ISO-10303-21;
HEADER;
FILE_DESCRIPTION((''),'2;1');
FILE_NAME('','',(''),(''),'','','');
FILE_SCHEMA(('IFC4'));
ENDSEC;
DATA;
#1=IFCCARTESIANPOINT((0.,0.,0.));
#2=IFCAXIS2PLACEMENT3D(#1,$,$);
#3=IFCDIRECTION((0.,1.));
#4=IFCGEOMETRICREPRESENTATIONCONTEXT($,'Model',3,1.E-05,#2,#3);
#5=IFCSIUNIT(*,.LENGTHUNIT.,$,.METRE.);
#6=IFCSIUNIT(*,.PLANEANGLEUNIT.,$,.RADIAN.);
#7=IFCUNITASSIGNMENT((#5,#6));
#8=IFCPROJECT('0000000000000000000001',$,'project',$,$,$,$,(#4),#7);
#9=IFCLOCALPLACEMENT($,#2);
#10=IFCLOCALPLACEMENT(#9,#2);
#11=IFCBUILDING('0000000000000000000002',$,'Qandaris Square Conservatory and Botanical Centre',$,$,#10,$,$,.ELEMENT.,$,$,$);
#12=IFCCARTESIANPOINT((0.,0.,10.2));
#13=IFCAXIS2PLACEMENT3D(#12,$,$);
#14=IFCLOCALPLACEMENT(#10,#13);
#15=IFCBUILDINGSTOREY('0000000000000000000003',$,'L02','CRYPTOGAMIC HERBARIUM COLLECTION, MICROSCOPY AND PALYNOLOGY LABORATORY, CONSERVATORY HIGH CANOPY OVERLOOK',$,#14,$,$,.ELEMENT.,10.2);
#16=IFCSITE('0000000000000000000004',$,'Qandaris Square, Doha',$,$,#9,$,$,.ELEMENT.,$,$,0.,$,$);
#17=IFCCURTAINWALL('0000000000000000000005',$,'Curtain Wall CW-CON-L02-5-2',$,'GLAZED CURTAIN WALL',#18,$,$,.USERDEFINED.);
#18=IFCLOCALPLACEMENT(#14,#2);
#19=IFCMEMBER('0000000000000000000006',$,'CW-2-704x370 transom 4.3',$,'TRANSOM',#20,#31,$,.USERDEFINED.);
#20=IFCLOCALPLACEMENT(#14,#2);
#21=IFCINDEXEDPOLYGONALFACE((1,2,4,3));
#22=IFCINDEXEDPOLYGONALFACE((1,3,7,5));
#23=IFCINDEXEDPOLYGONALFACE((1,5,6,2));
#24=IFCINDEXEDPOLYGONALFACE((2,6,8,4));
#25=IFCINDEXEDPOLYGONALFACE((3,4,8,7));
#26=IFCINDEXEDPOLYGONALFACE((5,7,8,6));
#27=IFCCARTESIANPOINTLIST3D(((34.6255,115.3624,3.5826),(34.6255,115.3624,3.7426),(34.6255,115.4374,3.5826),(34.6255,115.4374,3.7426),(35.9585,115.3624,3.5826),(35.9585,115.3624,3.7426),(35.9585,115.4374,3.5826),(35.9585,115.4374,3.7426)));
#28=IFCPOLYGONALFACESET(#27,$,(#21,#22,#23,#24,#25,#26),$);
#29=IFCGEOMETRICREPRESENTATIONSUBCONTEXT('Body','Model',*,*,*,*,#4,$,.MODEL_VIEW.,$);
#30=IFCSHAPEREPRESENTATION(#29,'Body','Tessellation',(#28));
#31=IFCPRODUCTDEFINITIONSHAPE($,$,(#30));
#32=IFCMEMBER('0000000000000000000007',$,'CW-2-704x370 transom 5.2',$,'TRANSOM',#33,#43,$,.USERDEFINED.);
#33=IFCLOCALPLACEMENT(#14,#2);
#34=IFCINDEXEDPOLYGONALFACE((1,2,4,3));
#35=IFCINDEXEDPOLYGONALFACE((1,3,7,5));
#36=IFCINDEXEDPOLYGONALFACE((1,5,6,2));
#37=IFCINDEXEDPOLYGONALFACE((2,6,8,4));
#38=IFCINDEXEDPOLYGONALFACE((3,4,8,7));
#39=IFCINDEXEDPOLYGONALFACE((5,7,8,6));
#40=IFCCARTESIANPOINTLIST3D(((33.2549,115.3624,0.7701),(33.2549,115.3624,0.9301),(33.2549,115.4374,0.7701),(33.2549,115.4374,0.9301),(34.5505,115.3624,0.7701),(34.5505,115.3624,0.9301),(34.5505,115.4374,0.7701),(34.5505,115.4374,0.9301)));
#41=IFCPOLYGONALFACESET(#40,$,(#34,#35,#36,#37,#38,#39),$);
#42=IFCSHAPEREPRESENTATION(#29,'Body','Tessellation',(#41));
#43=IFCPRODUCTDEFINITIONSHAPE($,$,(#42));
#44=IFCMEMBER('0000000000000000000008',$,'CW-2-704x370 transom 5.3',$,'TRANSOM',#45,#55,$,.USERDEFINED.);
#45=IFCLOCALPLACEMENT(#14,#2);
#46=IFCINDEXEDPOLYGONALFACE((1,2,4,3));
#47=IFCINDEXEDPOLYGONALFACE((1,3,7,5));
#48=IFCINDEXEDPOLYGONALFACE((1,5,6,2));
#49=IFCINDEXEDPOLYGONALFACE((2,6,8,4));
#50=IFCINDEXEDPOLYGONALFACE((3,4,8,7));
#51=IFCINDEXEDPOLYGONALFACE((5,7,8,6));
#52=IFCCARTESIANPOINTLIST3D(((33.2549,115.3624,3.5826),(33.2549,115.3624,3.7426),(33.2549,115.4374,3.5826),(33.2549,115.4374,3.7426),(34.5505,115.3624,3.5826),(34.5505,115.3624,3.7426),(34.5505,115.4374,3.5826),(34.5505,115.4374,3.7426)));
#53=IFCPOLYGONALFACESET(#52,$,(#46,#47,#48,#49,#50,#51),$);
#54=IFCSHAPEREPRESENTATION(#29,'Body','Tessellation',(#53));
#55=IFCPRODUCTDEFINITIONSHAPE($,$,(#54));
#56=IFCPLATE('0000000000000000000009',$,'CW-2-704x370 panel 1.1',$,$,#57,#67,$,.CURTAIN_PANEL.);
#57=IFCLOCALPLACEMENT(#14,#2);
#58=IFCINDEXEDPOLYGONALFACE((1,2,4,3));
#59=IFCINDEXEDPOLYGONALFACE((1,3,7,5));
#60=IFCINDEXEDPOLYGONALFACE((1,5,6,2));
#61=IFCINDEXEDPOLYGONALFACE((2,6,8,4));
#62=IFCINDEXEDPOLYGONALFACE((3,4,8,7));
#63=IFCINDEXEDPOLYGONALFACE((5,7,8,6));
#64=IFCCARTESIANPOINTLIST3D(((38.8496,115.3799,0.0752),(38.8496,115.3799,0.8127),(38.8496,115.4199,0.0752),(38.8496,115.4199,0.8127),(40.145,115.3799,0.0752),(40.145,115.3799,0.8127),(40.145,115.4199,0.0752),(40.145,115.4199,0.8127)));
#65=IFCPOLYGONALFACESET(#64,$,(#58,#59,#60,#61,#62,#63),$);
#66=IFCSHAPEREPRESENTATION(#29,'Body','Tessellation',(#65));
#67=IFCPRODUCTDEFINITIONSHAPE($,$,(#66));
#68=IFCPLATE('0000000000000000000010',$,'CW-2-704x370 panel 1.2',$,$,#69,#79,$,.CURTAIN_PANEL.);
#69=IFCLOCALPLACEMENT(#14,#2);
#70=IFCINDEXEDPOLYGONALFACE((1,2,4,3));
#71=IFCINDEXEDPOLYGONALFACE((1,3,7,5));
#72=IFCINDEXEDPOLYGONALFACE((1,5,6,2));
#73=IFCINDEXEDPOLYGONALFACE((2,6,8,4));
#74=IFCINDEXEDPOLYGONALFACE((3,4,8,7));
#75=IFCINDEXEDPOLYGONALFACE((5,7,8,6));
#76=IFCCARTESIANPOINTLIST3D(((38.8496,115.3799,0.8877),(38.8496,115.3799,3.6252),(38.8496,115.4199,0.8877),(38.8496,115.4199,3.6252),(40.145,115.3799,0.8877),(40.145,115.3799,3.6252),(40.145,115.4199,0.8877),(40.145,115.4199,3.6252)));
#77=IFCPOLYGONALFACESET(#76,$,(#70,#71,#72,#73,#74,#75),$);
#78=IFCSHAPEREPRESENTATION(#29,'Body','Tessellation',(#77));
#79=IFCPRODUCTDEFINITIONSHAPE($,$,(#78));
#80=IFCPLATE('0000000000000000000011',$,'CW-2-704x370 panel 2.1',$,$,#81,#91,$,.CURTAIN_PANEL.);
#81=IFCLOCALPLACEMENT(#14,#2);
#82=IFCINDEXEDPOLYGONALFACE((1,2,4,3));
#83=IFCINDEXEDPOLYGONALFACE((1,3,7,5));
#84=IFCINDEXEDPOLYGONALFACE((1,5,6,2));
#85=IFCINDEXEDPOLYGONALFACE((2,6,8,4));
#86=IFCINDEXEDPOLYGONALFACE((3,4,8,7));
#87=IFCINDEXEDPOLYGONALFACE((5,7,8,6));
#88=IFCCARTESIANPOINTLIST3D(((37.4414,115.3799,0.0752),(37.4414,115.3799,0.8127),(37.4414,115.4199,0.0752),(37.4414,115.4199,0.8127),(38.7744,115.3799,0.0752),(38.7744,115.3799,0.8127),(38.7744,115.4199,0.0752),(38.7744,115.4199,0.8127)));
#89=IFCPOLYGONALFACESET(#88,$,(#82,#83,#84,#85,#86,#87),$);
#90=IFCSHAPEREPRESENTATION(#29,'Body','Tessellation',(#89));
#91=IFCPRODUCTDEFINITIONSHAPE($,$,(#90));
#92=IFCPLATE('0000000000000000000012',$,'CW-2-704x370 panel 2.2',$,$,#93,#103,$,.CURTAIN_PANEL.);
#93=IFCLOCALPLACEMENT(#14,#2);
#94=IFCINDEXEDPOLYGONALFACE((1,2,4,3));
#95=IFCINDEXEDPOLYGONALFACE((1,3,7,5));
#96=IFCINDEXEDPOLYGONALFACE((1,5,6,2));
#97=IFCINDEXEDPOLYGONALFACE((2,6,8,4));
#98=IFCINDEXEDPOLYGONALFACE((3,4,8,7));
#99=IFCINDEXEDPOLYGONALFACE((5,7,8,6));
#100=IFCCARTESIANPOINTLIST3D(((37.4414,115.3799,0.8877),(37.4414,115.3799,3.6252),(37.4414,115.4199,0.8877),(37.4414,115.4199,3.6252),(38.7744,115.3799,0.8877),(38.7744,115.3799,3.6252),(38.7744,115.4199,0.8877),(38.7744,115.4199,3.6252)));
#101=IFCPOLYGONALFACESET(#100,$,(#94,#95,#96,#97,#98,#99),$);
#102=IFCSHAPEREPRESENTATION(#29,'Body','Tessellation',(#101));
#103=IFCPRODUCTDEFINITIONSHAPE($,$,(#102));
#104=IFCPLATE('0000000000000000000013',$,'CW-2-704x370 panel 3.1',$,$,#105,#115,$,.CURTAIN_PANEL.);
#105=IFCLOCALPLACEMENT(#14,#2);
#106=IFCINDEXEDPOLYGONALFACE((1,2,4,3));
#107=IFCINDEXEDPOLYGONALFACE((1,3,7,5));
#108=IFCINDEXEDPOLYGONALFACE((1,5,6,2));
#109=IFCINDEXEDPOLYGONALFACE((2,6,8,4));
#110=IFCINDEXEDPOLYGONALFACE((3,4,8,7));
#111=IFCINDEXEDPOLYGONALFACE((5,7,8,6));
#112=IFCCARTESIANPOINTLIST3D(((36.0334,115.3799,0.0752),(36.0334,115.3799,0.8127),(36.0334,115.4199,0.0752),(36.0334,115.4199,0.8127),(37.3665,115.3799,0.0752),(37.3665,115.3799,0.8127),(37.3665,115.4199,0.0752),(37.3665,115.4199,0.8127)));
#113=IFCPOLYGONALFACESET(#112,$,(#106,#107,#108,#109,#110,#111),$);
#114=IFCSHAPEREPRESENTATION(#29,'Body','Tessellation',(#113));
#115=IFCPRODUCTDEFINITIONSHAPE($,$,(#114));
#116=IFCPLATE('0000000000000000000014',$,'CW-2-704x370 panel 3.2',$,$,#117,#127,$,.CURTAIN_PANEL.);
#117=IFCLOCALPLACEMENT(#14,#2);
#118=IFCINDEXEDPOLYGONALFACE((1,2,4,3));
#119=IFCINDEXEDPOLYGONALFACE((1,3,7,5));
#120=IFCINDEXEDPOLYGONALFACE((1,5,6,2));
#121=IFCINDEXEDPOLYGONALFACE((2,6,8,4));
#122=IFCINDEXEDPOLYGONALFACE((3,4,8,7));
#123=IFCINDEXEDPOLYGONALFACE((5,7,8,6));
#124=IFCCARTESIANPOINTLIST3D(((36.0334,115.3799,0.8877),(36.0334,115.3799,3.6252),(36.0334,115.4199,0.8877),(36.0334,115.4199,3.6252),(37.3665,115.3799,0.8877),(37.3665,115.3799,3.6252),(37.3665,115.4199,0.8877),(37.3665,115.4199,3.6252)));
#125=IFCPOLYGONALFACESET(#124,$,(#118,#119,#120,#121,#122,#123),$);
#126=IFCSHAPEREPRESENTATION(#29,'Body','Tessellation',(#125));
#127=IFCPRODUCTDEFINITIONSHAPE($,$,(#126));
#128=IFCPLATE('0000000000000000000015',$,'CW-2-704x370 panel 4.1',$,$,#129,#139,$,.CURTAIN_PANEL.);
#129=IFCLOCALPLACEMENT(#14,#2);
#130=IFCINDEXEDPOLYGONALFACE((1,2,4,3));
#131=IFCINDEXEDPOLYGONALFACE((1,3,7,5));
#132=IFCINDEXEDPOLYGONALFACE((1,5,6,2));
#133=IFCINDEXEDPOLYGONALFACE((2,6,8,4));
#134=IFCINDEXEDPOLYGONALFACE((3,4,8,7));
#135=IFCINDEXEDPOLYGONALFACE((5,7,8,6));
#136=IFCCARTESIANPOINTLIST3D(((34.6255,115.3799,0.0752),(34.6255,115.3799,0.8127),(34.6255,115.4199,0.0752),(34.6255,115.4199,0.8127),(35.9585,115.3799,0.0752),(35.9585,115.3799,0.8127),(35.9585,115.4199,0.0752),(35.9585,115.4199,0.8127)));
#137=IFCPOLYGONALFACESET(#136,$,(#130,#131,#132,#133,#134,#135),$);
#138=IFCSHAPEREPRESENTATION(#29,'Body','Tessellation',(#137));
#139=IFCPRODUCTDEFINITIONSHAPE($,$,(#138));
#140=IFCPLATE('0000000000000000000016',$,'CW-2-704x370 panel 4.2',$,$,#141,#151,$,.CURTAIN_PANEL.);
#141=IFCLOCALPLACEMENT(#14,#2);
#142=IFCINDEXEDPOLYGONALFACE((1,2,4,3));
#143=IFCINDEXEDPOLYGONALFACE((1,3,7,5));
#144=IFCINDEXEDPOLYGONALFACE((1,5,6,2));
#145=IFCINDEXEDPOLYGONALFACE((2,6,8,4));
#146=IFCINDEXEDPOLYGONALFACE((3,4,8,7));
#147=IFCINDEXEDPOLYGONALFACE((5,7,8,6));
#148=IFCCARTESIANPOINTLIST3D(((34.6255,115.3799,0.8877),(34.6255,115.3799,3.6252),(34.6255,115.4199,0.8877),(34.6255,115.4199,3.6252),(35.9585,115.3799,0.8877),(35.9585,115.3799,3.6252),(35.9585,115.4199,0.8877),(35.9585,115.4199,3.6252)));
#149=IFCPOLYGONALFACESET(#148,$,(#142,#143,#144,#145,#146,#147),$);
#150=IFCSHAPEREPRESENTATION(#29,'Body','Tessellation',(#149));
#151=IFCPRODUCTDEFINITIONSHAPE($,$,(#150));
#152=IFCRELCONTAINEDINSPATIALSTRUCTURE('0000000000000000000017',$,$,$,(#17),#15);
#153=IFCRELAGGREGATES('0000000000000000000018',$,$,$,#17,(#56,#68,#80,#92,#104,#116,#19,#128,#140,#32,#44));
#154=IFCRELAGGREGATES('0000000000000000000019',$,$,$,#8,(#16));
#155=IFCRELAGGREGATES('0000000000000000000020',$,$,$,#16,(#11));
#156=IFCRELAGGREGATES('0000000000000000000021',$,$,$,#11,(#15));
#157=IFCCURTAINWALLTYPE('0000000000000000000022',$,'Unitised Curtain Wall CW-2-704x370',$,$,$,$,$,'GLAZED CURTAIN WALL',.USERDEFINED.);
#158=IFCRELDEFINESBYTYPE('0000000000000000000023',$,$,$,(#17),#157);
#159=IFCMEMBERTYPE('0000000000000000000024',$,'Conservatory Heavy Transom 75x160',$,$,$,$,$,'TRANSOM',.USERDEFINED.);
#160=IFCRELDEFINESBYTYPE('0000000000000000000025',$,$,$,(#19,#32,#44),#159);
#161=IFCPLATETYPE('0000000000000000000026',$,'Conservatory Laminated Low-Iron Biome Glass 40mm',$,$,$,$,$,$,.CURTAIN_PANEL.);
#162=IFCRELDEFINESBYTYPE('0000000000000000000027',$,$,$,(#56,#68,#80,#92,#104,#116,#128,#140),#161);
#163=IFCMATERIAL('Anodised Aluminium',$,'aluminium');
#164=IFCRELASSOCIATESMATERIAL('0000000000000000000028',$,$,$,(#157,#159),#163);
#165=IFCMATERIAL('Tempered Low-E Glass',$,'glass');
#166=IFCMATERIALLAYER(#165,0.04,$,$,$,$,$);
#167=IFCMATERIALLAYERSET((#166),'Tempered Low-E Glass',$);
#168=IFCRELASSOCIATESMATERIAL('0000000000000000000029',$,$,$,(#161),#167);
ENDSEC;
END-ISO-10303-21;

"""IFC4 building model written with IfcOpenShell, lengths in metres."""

from ifc_helpers import new_model, si_unit, direction, frame, origin, origin_2d, place, context, subcontext, project, spatial, rectangle, extrude, material, layer, layer_set, material_profile, profile_set, type_object, element, aggregate, save


model = new_model("IFC4")

# Units and contexts
model_context = context("Model", 3, precision=1e-05, world=origin(), true_north=direction((0.0, 1.0)))
body_context = subcontext(model_context, "Body", "Model", "MODEL_VIEW")
ifc_project = project(units=[si_unit("LENGTHUNIT", "METRE"), si_unit("PLANEANGLEUNIT", "RADIAN")], contexts=[model_context])

# Site, building, storey
site_placement = place(None, origin())
site = spatial("IfcSite", under=ifc_project, at=site_placement, Name="Qandaris Square, Doha", CompositionType="ELEMENT", RefElevation=0.0)
building_placement = place(site_placement, origin())
building = spatial("IfcBuilding", under=site, at=building_placement, Name="Qandaris Square Conservatory and Botanical Centre", CompositionType="ELEMENT")
storey_placement = place(building_placement, frame((0.0, 0.0, 10.2)))
storey = spatial("IfcBuildingStorey", under=building, at=storey_placement, Name="L02", Description="CRYPTOGAMIC HERBARIUM COLLECTION, MICROSCOPY AND PALYNOLOGY LABORATORY, CONSERVATORY HIGH CANOPY OVERLOOK", CompositionType="ELEMENT", Elevation=10.2)

# Curtain wall, members, plates
ifc_material_1 = material(Name="Anodised Aluminium", Category="aluminium")
curtain_wall_type = type_object("IfcCurtainWallType", Name="Unitised Curtain Wall CW-2-704x370", ElementType="GLAZED CURTAIN WALL", PredefinedType="USERDEFINED", material=ifc_material_1)
curtain_wall_placement = place(storey_placement, origin())
curtain_wall = element("IfcCurtainWall", 1, at=curtain_wall_placement, inside=storey, type_object=curtain_wall_type, Name="Curtain Wall CW-CON-L02-5-2", ObjectType="GLAZED CURTAIN WALL", PredefinedType="USERDEFINED")
ifc_material_profile_1 = material_profile(ifc_material_1, rectangle(XDim=0.075, YDim=0.1599, at=origin_2d()), Name="ALU-TRN 75x160")
ifc_profile_set_1 = profile_set([ifc_material_profile_1], Name="Anodised Aluminium")
member_type_1 = type_object("IfcMemberType", Name="Conservatory Heavy Transom 75x160", ElementType="TRANSOM", PredefinedType="USERDEFINED", material=ifc_profile_set_1)
member_1_placement = place(storey_placement, frame((35.9585, 115.3999, 3.6626), z_axis=(-1.0, 0.0, 0.0), x_axis=(0.0, -1.0, 0.0)))
member_1 = element("IfcMember", 2, at=member_1_placement, type_object=member_type_1, Name="CW-2-704x370 transom 4.3", ObjectType="TRANSOM", PredefinedType="USERDEFINED", context=body_context, shape_type="SweptSolid", body=[
    extrude(rectangle(XDim=0.075, YDim=0.1599, at=origin_2d()), origin(), (0.0, 0.0, 1.0), 1.333),
])
member_2_placement = place(storey_placement, frame((34.5505, 115.3999, 0.8501), z_axis=(-1.0, 0.0, 0.0), x_axis=(0.0, -1.0, 0.0)))
member_2 = element("IfcMember", 3, at=member_2_placement, type_object=member_type_1, Name="CW-2-704x370 transom 5.2", ObjectType="TRANSOM", PredefinedType="USERDEFINED", context=body_context, shape_type="SweptSolid", body=[
    extrude(rectangle(XDim=0.075, YDim=0.1599, at=origin_2d()), origin(), (0.0, 0.0, 1.0), 1.2957),
])
member_3_placement = place(storey_placement, frame((34.5505, 115.3999, 3.6626), z_axis=(-1.0, 0.0, 0.0), x_axis=(0.0, -1.0, 0.0)))
member_3 = element("IfcMember", 4, at=member_3_placement, type_object=member_type_1, Name="CW-2-704x370 transom 5.3", ObjectType="TRANSOM", PredefinedType="USERDEFINED", context=body_context, shape_type="SweptSolid", body=[
    extrude(rectangle(XDim=0.075, YDim=0.1599, at=origin_2d()), origin(), (0.0, 0.0, 1.0), 1.2957),
])
ifc_material_2 = material(Name="Tempered Low-E Glass", Category="glass")
ifc_layer = layer(ifc_material_2, 0.04)
ifc_layer_set = layer_set([ifc_layer], Name="Tempered Low-E Glass")
plate_type = type_object("IfcPlateType", Name="Conservatory Laminated Low-Iron Biome Glass 40mm", PredefinedType="CURTAIN_PANEL", material=ifc_layer_set)
plate_1_placement = place(storey_placement, frame((39.4973, 115.3999, 0.0752), z_axis=(0.0, 0.0, 1.0), x_axis=(-1.0, 0.0, 0.0)))
plate_1 = element("IfcPlate", 5, at=plate_1_placement, type_object=plate_type, Name="CW-2-704x370 panel 1.1", PredefinedType="CURTAIN_PANEL", context=body_context, shape_type="SweptSolid", body=[
    extrude(rectangle(XDim=1.2954, YDim=0.04, at=origin_2d()), origin(), (0.0, 0.0, 1.0), 0.7375),
])
plate_2_placement = place(storey_placement, frame((39.4973, 115.3999, 0.8877), z_axis=(0.0, 0.0, 1.0), x_axis=(-1.0, 0.0, 0.0)))
plate_2 = element("IfcPlate", 6, at=plate_2_placement, type_object=plate_type, Name="CW-2-704x370 panel 1.2", PredefinedType="CURTAIN_PANEL", context=body_context, shape_type="SweptSolid", body=[
    extrude(rectangle(XDim=1.2954, YDim=0.04, at=origin_2d()), origin(), (0.0, 0.0, 1.0), 2.7375),
])
plate_3_placement = place(storey_placement, frame((38.1079, 115.3999, 0.0752), z_axis=(0.0, 0.0, 1.0), x_axis=(-1.0, 0.0, 0.0)))
plate_3 = element("IfcPlate", 7, at=plate_3_placement, type_object=plate_type, Name="CW-2-704x370 panel 2.1", PredefinedType="CURTAIN_PANEL", context=body_context, shape_type="SweptSolid", body=[
    extrude(rectangle(XDim=1.333, YDim=0.04, at=origin_2d()), origin(), (0.0, 0.0, 1.0), 0.7375),
])
plate_4_placement = place(storey_placement, frame((38.1079, 115.3999, 0.8877), z_axis=(0.0, 0.0, 1.0), x_axis=(-1.0, 0.0, 0.0)))
plate_4 = element("IfcPlate", 8, at=plate_4_placement, type_object=plate_type, Name="CW-2-704x370 panel 2.2", PredefinedType="CURTAIN_PANEL", context=body_context, shape_type="SweptSolid", body=[
    extrude(rectangle(XDim=1.333, YDim=0.04, at=origin_2d()), origin(), (0.0, 0.0, 1.0), 2.7375),
])
plate_5_placement = place(storey_placement, frame((36.7, 115.3999, 0.0752), z_axis=(0.0, 0.0, 1.0), x_axis=(-1.0, 0.0, 0.0)))
plate_5 = element("IfcPlate", 9, at=plate_5_placement, type_object=plate_type, Name="CW-2-704x370 panel 3.1", PredefinedType="CURTAIN_PANEL", context=body_context, shape_type="SweptSolid", body=[
    extrude(rectangle(XDim=1.333, YDim=0.04, at=origin_2d()), origin(), (0.0, 0.0, 1.0), 0.7375),
])
plate_6_placement = place(storey_placement, frame((36.7, 115.3999, 0.8877), z_axis=(0.0, 0.0, 1.0), x_axis=(-1.0, 0.0, 0.0)))
plate_6 = element("IfcPlate", 10, at=plate_6_placement, type_object=plate_type, Name="CW-2-704x370 panel 3.2", PredefinedType="CURTAIN_PANEL", context=body_context, shape_type="SweptSolid", body=[
    extrude(rectangle(XDim=1.333, YDim=0.04, at=origin_2d()), origin(), (0.0, 0.0, 1.0), 2.7375),
])
plate_7_placement = place(storey_placement, frame((35.292, 115.3999, 0.0752), z_axis=(0.0, 0.0, 1.0), x_axis=(-1.0, 0.0, 0.0)))
plate_7 = element("IfcPlate", 11, at=plate_7_placement, type_object=plate_type, Name="CW-2-704x370 panel 4.1", PredefinedType="CURTAIN_PANEL", context=body_context, shape_type="SweptSolid", body=[
    extrude(rectangle(XDim=1.333, YDim=0.04, at=origin_2d()), origin(), (0.0, 0.0, 1.0), 0.7375),
])
plate_8_placement = place(storey_placement, frame((35.292, 115.3999, 0.8877), z_axis=(0.0, 0.0, 1.0), x_axis=(-1.0, 0.0, 0.0)))
plate_8 = element("IfcPlate", 12, at=plate_8_placement, type_object=plate_type, Name="CW-2-704x370 panel 4.2", PredefinedType="CURTAIN_PANEL", context=body_context, shape_type="SweptSolid", body=[
    extrude(rectangle(XDim=1.333, YDim=0.04, at=origin_2d()), origin(), (0.0, 0.0, 1.0), 2.7375),
])
aggregate(curtain_wall, [plate_1, plate_2, plate_3, plate_4, plate_5, plate_6, member_1, plate_7, plate_8, member_2, member_3])

save(model, "model.ifc")
